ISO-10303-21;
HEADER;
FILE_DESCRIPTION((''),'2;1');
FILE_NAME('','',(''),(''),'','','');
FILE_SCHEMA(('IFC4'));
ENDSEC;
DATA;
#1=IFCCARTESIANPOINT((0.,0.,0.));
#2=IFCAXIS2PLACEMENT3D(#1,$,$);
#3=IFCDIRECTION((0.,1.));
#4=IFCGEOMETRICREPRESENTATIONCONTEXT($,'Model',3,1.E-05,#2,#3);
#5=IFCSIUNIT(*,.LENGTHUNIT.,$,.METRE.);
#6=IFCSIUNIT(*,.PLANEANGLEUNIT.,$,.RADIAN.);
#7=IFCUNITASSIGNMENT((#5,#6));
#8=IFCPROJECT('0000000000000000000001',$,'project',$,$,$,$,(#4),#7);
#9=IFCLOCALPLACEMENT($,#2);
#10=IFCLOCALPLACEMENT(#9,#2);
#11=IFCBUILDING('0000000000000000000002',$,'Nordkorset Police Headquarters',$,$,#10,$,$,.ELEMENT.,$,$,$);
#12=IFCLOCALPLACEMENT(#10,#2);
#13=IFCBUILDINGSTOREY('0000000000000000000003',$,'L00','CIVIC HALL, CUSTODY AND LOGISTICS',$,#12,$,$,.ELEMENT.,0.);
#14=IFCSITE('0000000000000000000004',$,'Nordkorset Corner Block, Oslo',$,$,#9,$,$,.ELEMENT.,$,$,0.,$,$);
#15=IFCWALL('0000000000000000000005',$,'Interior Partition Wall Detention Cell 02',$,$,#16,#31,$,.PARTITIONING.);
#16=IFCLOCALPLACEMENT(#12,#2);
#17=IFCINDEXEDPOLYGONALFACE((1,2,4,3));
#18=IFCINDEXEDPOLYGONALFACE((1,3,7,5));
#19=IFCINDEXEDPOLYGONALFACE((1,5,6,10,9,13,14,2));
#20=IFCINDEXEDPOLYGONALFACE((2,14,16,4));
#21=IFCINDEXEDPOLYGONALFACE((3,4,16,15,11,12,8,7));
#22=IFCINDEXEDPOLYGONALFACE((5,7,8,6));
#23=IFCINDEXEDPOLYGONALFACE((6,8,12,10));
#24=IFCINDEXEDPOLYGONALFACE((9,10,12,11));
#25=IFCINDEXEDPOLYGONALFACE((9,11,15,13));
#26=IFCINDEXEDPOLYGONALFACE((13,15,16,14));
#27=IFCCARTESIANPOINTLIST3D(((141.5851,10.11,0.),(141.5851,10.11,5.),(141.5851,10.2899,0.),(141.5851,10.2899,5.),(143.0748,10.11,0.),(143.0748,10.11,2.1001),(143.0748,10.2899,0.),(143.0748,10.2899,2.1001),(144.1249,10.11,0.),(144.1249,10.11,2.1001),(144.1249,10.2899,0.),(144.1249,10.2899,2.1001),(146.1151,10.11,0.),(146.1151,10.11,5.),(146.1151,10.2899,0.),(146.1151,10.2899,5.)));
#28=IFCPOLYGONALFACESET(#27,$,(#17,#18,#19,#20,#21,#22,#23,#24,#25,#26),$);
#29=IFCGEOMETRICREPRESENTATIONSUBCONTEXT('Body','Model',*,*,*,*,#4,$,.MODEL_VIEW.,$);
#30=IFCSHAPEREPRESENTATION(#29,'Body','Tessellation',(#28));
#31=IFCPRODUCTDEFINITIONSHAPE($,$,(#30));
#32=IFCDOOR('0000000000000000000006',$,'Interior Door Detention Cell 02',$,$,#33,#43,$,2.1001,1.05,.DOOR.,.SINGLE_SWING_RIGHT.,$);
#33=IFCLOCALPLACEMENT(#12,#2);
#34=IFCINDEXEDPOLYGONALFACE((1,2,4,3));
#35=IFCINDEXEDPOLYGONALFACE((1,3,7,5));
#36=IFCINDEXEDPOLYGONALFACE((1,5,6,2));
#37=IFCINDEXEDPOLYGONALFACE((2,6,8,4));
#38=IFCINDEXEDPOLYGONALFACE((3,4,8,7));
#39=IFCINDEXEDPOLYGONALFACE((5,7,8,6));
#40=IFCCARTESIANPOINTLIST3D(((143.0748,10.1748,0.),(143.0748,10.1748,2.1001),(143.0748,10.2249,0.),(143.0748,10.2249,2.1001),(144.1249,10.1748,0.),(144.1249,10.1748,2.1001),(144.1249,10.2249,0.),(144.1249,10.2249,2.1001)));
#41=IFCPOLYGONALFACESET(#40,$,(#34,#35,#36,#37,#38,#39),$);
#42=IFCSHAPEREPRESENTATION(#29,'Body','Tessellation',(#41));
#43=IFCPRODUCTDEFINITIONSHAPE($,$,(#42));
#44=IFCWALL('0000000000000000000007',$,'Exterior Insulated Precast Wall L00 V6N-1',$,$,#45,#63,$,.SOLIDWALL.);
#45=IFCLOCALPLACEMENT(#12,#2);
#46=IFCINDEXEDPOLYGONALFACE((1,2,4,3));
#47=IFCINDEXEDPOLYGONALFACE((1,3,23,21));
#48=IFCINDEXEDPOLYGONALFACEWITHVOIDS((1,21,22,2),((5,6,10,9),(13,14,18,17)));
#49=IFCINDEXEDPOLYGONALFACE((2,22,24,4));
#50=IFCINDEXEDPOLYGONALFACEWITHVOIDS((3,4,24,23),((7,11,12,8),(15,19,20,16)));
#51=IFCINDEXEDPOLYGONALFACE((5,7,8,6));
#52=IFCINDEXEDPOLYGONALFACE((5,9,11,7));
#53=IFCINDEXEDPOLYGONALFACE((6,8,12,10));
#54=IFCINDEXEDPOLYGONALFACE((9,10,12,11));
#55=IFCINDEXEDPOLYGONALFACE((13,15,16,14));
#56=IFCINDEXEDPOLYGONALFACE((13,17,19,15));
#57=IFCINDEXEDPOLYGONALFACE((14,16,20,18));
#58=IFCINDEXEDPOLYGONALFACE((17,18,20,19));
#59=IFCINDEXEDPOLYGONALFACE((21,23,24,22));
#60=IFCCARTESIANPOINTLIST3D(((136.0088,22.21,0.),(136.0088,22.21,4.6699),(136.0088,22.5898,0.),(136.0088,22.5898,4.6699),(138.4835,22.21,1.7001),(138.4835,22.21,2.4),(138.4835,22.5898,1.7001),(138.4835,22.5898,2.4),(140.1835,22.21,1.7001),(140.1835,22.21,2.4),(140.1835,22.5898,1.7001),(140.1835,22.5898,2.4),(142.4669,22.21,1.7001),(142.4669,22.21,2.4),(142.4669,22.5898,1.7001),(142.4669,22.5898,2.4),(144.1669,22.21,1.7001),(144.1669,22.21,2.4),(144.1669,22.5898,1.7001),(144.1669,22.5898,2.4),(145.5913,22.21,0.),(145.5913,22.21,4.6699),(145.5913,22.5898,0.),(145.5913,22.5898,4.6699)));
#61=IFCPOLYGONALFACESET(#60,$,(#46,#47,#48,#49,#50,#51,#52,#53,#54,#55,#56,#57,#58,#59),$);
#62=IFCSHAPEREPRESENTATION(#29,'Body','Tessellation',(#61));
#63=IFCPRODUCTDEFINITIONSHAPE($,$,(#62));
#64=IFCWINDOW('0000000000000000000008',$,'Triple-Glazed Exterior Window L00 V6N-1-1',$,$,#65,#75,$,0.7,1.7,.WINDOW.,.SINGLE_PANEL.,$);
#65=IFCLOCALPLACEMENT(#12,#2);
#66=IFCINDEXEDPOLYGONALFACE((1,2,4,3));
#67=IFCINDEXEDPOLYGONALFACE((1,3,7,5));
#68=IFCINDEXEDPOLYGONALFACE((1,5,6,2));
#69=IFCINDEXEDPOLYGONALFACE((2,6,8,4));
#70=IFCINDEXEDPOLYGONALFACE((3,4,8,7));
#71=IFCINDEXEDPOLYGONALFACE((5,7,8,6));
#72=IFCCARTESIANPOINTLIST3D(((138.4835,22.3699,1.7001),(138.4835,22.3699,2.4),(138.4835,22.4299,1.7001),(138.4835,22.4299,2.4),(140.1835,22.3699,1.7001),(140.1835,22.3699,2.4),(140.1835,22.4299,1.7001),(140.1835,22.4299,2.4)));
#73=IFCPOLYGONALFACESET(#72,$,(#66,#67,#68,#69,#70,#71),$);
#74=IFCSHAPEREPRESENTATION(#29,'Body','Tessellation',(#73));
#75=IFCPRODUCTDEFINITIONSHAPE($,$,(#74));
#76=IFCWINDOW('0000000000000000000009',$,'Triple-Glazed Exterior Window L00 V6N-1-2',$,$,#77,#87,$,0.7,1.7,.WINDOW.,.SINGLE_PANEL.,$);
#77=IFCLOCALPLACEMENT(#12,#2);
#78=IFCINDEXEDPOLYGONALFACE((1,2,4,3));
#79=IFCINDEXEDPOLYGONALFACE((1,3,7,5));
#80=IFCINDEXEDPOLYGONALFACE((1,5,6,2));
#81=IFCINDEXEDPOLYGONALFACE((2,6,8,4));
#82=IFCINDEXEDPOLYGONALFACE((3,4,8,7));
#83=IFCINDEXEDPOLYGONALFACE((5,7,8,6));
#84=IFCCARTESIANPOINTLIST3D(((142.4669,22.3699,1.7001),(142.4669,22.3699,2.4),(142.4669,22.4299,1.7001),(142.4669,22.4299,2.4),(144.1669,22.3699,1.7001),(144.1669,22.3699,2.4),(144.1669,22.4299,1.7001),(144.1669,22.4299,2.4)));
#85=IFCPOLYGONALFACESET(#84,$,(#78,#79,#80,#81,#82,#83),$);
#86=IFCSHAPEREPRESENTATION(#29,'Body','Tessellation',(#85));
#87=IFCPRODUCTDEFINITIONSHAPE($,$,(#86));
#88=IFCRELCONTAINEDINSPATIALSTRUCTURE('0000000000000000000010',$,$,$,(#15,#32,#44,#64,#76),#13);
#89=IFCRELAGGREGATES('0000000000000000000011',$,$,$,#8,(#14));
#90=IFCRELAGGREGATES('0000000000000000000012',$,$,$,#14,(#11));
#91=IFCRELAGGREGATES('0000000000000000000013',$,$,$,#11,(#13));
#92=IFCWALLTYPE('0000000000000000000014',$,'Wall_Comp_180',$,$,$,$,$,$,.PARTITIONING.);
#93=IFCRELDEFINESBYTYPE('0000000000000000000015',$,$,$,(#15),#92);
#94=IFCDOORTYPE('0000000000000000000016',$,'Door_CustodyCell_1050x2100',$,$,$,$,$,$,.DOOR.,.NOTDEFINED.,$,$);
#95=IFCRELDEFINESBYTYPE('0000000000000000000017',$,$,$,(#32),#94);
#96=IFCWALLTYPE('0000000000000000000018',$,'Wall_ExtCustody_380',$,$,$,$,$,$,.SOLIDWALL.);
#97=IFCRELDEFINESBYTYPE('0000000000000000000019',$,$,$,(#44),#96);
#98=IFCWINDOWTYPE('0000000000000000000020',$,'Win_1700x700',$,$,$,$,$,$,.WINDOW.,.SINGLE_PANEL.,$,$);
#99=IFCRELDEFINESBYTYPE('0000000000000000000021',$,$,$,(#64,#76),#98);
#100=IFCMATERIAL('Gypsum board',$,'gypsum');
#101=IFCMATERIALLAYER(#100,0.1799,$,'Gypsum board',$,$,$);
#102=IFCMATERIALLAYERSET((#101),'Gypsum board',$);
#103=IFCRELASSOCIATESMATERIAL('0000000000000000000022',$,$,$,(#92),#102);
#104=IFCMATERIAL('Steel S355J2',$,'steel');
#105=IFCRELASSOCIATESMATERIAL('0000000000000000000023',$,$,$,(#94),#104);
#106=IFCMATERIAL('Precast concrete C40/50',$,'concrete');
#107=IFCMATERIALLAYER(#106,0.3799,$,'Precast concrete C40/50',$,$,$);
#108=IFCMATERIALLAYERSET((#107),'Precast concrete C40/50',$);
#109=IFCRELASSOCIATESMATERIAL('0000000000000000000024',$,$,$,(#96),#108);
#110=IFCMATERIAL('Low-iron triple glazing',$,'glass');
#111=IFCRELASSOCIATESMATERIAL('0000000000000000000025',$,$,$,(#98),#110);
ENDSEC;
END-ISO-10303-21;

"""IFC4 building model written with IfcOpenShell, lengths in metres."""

from ifc_helpers import new_model, si_unit, direction, frame, frame_2d, origin, place, context, subcontext, project, spatial, rectangle, extrude, material, layer, layer_set, type_object, element, fill, save


model = new_model("IFC4")

# Units and contexts
model_context = context("Model", 3, precision=1e-05, world=origin(), true_north=direction((0.0, 1.0)))
body_context = subcontext(model_context, "Body", "Model", "MODEL_VIEW")
ifc_project = project(units=[si_unit("LENGTHUNIT", "METRE"), si_unit("PLANEANGLEUNIT", "RADIAN")], contexts=[model_context])

# Site, building, storey
site_placement = place(None, origin())
site = spatial("IfcSite", under=ifc_project, at=site_placement, Name="Nordkorset Corner Block, Oslo", CompositionType="ELEMENT", RefElevation=0.0)
building_placement = place(site_placement, origin())
building = spatial("IfcBuilding", under=site, at=building_placement, Name="Nordkorset Police Headquarters", CompositionType="ELEMENT")
storey_placement = place(building_placement, origin())
storey = spatial("IfcBuildingStorey", under=building, at=storey_placement, Name="L00", Description="CIVIC HALL, CUSTODY AND LOGISTICS", CompositionType="ELEMENT", Elevation=0.0)

# Shared definitions
ifc_material_1 = material(Name="Gypsum board", Category="gypsum")
ifc_layer_1 = layer(ifc_material_1, 0.1799, Name="Gypsum board")
ifc_layer_set_1 = layer_set([ifc_layer_1], Name="Gypsum board")
wall_type_1 = type_object("IfcWallType", Name="Wall_Comp_180", PredefinedType="PARTITIONING", material=ifc_layer_set_1)
ifc_material_2 = material(Name="Steel S355J2", Category="steel")
door_type = type_object("IfcDoorType", Name="Door_CustodyCell_1050x2100", OperationType="NOTDEFINED", PredefinedType="DOOR", material=ifc_material_2)

# Wall, opening, door
wall_1_placement = place(storey_placement, frame((141.585, 10.2, 0.0), z_axis=(0.0, 0.0, 1.0), x_axis=(1.0, 0.0, 0.0)))
wall_1 = element("IfcWall", 1, at=wall_1_placement, inside=storey, type_object=wall_type_1, Name="Interior Partition Wall Detention Cell 02", PredefinedType="PARTITIONING", context=body_context, shape_type="SweptSolid", body=[
    extrude(rectangle(XDim=4.53, YDim=0.1799, at=frame_2d((2.2651, 0.0))), origin(), (0.0, 0.0, 1.0), 5.0),
])
opening_1_placement = place(wall_1_placement, frame((1.49, 0.0, 0.0)))
opening_1 = element("IfcOpeningElement", 2, at=opening_1_placement, cuts=wall_1, PredefinedType="OPENING", context=body_context, shape_type="SweptSolid", body=[
    extrude(rectangle(XDim=1.05, YDim=2.1001, at=frame_2d((0.5249, 1.05))), frame((0.0, 0.1001, 0.0), z_axis=(0.0, -1.0, 0.0), x_axis=(1.0, 0.0, 0.0)), (0.0, 0.0, 1.0), 0.2),
])
door_1_placement = place(opening_1_placement, origin())
door_1 = element("IfcDoor", 3, at=door_1_placement, inside=storey, type_object=door_type, Name="Interior Door Detention Cell 02", OperationType="SINGLE_SWING_RIGHT", OverallHeight=2.1001, OverallWidth=1.05, PredefinedType="DOOR", context=body_context, shape_type="SweptSolid", body=[
    extrude(rectangle(XDim=1.05, YDim=2.1001, at=frame_2d((0.5249, 1.05))), frame((0.0, 0.0249, 0.0), z_axis=(0.0, -1.0, 0.0), x_axis=(1.0, 0.0, 0.0)), (0.0, 0.0, 1.0), 0.05),
])
fill(opening_1, door_1)

# Wall, openings, windows
ifc_material_3 = material(Name="Precast concrete C40/50", Category="concrete")
ifc_layer_2 = layer(ifc_material_3, 0.3799, Name="Precast concrete C40/50")
ifc_layer_set_2 = layer_set([ifc_layer_2], Name="Precast concrete C40/50")
wall_type_2 = type_object("IfcWallType", Name="Wall_ExtCustody_380", PredefinedType="SOLIDWALL", material=ifc_layer_set_2)
wall_2_placement = place(storey_placement, frame((136.0088, 22.3999, 0.0), z_axis=(0.0, 0.0, 1.0), x_axis=(1.0, 0.0, 0.0)))
wall_2 = element("IfcWall", 4, at=wall_2_placement, inside=storey, type_object=wall_type_2, Name="Exterior Insulated Precast Wall L00 V6N-1", PredefinedType="SOLIDWALL", context=body_context, shape_type="SweptSolid", body=[
    extrude(rectangle(XDim=9.5825, YDim=0.3799, at=frame_2d((4.7913, 0.0))), origin(), (0.0, 0.0, 1.0), 4.6699),
])
opening_2_placement = place(wall_2_placement, frame((2.4746, 0.0, 1.7)))
opening_2 = element("IfcOpeningElement", 5, at=opening_2_placement, cuts=wall_2, PredefinedType="OPENING", context=body_context, shape_type="SweptSolid", body=[
    extrude(rectangle(XDim=1.7, YDim=0.7, at=frame_2d((0.8501, 0.3501))), frame((0.0, 0.2, 0.0), z_axis=(0.0, -1.0, 0.0), x_axis=(1.0, 0.0, 0.0)), (0.0, 0.0, 1.0), 0.3999),
])
opening_3_placement = place(wall_2_placement, frame((6.458, 0.0, 1.7)))
opening_3 = element("IfcOpeningElement", 6, at=opening_3_placement, cuts=wall_2, PredefinedType="OPENING", context=body_context, shape_type="SweptSolid", body=[
    extrude(rectangle(XDim=1.7, YDim=0.7, at=frame_2d((0.8501, 0.3501))), frame((0.0, 0.2, 0.0), z_axis=(0.0, -1.0, 0.0), x_axis=(1.0, 0.0, 0.0)), (0.0, 0.0, 1.0), 0.3999),
])
ifc_material_4 = material(Name="Low-iron triple glazing", Category="glass")
window_type = type_object("IfcWindowType", Name="Win_1700x700", PartitioningType="SINGLE_PANEL", PredefinedType="WINDOW", material=ifc_material_4)
window_1_placement = place(opening_2_placement, origin())
window_1 = element("IfcWindow", 7, at=window_1_placement, inside=storey, type_object=window_type, Name="Triple-Glazed Exterior Window L00 V6N-1-1", OverallHeight=0.7, OverallWidth=1.7, PartitioningType="SINGLE_PANEL", PredefinedType="WINDOW", context=body_context, shape_type="SweptSolid", body=[
    extrude(rectangle(XDim=1.7, YDim=0.7, at=frame_2d((0.8501, 0.3501))), frame((0.0, 0.03, 0.0), z_axis=(0.0, -1.0, 0.0), x_axis=(1.0, 0.0, 0.0)), (0.0, 0.0, 1.0), 0.0601),
])
fill(opening_2, window_1)
window_2_placement = place(opening_3_placement, origin())
window_2 = element("IfcWindow", 8, at=window_2_placement, inside=storey, type_object=window_type, Name="Triple-Glazed Exterior Window L00 V6N-1-2", OverallHeight=0.7, OverallWidth=1.7, PartitioningType="SINGLE_PANEL", PredefinedType="WINDOW", context=body_context, shape_type="SweptSolid", body=[
    extrude(rectangle(XDim=1.7, YDim=0.7, at=frame_2d((0.8501, 0.3501))), frame((0.0, 0.03, 0.0), z_axis=(0.0, -1.0, 0.0), x_axis=(1.0, 0.0, 0.0)), (0.0, 0.0, 1.0), 0.0601),
])
fill(opening_3, window_2)

save(model, "model.ifc")
